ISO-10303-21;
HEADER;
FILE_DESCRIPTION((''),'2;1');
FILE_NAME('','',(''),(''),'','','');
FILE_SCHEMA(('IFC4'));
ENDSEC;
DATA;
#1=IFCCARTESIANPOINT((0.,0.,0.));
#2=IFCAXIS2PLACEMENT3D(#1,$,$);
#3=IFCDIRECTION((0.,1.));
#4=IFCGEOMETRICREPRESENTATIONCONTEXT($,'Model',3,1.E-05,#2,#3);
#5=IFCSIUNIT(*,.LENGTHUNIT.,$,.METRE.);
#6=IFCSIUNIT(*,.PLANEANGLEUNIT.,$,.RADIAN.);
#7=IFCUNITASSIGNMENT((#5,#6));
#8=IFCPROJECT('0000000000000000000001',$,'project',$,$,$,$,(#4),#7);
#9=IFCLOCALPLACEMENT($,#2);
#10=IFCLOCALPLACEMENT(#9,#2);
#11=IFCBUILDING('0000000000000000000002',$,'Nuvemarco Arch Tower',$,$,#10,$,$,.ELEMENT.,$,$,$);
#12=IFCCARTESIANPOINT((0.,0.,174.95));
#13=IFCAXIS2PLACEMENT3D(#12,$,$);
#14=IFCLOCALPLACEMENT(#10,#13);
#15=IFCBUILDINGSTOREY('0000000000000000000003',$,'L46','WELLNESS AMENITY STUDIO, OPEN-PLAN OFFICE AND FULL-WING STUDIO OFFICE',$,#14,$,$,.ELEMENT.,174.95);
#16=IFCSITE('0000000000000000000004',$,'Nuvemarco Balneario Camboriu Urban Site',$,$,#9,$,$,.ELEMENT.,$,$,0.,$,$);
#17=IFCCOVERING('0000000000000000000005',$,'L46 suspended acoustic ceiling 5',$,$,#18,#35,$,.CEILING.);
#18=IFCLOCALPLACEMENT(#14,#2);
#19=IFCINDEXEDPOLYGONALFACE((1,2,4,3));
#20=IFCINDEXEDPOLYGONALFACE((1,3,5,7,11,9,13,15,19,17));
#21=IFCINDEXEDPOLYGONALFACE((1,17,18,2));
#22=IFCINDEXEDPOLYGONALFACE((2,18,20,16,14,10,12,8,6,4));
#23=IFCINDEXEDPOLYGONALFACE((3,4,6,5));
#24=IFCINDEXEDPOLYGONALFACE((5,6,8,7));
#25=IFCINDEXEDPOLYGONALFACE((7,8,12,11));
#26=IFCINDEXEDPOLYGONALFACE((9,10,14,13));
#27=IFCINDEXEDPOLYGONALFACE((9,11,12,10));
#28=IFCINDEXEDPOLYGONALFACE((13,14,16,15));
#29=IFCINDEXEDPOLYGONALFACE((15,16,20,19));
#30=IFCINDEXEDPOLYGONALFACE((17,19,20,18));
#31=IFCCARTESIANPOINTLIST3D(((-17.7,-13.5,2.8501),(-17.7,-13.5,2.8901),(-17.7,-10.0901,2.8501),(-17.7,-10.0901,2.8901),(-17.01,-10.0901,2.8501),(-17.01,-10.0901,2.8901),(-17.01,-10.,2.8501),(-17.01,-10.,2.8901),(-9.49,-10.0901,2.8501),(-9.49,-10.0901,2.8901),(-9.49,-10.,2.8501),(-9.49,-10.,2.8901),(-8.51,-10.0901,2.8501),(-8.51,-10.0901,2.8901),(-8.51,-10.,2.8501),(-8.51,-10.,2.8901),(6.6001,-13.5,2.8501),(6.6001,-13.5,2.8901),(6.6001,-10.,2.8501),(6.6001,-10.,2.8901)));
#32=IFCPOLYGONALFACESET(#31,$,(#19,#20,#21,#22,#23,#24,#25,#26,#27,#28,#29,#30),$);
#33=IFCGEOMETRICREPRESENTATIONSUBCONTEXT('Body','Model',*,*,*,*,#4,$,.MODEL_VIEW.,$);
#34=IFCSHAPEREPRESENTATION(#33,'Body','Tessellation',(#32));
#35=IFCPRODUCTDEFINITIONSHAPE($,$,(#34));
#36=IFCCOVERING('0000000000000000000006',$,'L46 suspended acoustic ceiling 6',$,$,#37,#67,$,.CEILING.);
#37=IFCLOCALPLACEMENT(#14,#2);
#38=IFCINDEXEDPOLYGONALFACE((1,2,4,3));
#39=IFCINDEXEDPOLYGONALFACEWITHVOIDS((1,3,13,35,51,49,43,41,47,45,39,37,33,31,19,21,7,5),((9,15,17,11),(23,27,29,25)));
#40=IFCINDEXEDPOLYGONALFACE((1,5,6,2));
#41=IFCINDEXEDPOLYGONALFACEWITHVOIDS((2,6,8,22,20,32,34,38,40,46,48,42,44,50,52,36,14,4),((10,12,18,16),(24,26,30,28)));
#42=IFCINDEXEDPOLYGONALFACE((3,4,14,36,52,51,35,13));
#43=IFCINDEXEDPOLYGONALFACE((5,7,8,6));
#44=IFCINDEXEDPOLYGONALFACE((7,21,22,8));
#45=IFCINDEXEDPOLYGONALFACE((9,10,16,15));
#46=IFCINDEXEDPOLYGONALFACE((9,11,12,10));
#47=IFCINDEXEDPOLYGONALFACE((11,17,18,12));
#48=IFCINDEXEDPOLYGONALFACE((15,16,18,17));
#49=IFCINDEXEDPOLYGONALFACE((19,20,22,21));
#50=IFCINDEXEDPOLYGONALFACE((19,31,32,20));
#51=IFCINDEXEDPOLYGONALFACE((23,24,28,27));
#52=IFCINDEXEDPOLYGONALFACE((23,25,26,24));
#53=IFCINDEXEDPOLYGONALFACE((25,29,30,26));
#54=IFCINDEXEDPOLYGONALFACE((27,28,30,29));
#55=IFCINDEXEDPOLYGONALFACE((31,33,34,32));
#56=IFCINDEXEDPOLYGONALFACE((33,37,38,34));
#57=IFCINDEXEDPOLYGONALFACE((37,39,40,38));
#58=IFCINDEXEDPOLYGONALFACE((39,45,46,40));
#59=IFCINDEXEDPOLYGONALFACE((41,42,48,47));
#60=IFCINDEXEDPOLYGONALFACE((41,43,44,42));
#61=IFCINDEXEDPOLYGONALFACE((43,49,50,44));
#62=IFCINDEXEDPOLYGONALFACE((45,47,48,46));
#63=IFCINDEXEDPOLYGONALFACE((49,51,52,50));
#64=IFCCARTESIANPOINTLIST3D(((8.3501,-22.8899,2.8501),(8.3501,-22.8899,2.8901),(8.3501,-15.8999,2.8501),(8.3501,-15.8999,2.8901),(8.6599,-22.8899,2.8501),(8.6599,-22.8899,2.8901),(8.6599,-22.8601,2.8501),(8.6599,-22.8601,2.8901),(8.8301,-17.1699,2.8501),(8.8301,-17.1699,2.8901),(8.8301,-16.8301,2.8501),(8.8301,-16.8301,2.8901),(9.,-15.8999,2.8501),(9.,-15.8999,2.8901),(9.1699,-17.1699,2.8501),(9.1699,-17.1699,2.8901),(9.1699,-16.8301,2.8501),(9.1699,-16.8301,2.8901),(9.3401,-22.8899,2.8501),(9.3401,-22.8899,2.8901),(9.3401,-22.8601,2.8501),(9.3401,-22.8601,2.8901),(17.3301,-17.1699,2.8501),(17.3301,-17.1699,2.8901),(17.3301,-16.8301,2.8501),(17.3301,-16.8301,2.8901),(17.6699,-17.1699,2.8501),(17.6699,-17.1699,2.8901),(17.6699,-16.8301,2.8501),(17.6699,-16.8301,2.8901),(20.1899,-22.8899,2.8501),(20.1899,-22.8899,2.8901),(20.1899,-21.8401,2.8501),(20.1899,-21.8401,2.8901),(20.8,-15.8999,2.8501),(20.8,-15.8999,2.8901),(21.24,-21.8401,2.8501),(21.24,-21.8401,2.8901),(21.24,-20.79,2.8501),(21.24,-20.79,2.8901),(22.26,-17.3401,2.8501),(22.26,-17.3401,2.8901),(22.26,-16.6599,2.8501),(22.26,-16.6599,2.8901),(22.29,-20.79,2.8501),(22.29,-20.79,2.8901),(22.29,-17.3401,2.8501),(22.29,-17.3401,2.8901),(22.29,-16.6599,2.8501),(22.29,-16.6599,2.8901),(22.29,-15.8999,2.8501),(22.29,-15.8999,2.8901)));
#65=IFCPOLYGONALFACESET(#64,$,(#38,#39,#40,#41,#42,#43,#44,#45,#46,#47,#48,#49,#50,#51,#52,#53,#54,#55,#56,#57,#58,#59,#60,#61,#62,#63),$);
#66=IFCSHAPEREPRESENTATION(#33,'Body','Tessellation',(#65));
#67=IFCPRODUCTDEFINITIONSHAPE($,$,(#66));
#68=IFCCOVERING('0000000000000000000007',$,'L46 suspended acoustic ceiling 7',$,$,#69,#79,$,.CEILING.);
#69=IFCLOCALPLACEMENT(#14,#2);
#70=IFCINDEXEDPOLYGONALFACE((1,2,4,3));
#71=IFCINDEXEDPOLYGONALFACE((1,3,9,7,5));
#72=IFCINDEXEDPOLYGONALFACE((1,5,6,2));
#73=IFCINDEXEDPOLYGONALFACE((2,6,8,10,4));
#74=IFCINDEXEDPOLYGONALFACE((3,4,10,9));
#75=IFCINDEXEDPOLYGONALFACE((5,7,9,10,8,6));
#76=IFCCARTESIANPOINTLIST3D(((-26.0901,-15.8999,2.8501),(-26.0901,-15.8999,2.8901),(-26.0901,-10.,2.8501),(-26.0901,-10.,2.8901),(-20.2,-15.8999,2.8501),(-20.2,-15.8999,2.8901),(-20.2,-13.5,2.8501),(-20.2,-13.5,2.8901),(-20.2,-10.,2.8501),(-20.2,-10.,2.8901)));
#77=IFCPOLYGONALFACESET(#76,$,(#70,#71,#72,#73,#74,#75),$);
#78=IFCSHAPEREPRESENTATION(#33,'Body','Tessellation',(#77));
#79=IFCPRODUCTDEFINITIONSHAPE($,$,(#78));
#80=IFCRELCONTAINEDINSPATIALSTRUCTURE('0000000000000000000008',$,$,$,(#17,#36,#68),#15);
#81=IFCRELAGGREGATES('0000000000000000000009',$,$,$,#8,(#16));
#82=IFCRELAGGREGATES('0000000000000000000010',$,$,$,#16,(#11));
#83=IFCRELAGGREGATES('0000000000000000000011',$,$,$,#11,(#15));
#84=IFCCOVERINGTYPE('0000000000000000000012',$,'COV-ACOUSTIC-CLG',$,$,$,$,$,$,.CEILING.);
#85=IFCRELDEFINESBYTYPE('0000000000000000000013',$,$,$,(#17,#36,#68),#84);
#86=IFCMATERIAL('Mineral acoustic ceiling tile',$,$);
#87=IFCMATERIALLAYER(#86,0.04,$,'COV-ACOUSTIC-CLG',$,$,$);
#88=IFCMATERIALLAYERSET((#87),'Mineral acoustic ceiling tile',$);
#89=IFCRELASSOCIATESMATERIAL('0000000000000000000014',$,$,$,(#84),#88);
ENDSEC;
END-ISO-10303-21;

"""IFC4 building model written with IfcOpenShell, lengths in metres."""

from ifc_helpers import new_model, si_unit, direction, frame, origin, place, context, subcontext, project, spatial, polyline, outline, extrude, material, layer, layer_set, type_object, element, save


model = new_model("IFC4")

# Units and contexts
model_context = context("Model", 3, precision=1e-05, world=origin(), true_north=direction((0.0, 1.0)))
body_context = subcontext(model_context, "Body", "Model", "MODEL_VIEW")
ifc_project = project(units=[si_unit("LENGTHUNIT", "METRE"), si_unit("PLANEANGLEUNIT", "RADIAN")], contexts=[model_context])

# Site, building, storey
site_placement = place(None, origin())
site = spatial("IfcSite", under=ifc_project, at=site_placement, Name="Nuvemarco Balneario Camboriu Urban Site", CompositionType="ELEMENT", RefElevation=0.0)
building_placement = place(site_placement, origin())
building = spatial("IfcBuilding", under=site, at=building_placement, Name="Nuvemarco Arch Tower", CompositionType="ELEMENT")
storey_placement = place(building_placement, frame((0.0, 0.0, 174.95)))
storey = spatial("IfcBuildingStorey", under=building, at=storey_placement, Name="L46", Description="WELLNESS AMENITY STUDIO, OPEN-PLAN OFFICE AND FULL-WING STUDIO OFFICE", CompositionType="ELEMENT", Elevation=174.95)

# Coverings
ifc_material_1 = material(Name="Mineral acoustic ceiling tile")
ifc_layer_1 = layer(ifc_material_1, 0.04, Name="COV-ACOUSTIC-CLG")
ifc_layer_set_1 = layer_set([ifc_layer_1], Name="Mineral acoustic ceiling tile")
covering_type = type_object("IfcCoveringType", Name="COV-ACOUSTIC-CLG", PredefinedType="CEILING", material=ifc_layer_set_1)
covering_1_placement = place(storey_placement, frame((0.0, 0.0, 2.8501)))
element("IfcCovering", 1, at=covering_1_placement, inside=storey, type_object=covering_type, Name="L46 suspended acoustic ceiling 5", PredefinedType="CEILING", context=body_context, shape_type="SweptSolid", body=[
    extrude(outline(polyline([(-9.49, -10.0901), (-8.51, -10.0901), (-8.51, -10.0), (6.6001, -10.0), (6.6001, -13.5), (-17.7, -13.5), (-17.7, -10.0901), (-17.01, -10.0901), (-17.01, -10.0), (-9.49, -10.0), (-9.49, -10.0901)])), origin(), (0.0, 0.0, 1.0), 0.04),
])
covering_2_placement = place(storey_placement, frame((0.0, 0.0, 2.8501)))
element("IfcCovering", 2, at=covering_2_placement, inside=storey, type_object=covering_type, Name="L46 suspended acoustic ceiling 6", PredefinedType="CEILING", context=body_context, shape_type="SweptSolid", body=[
    extrude(outline(polyline([(20.1899, -22.8899), (9.3401, -22.8899), (9.3401, -22.8601), (8.6599, -22.8601), (8.6599, -22.8899), (8.3501, -22.8899), (8.3501, -15.8999), (9.0, -15.8999), (20.8, -15.8999), (22.29, -15.8999), (22.29, -16.6599), (22.26, -16.6599), (22.26, -17.3401), (22.29, -17.3401), (22.29, -20.79), (21.24, -20.79), (21.24, -21.8401), (20.1899, -21.8401), (20.1899, -22.8899)]), holes=[polyline([(9.1699, -17.1699), (9.1699, -16.8301), (8.8301, -16.8301), (8.8301, -17.1699), (9.1699, -17.1699)]), polyline([(17.6699, -17.1699), (17.6699, -16.8301), (17.3301, -16.8301), (17.3301, -17.1699), (17.6699, -17.1699)])]), origin(), (0.0, 0.0, 1.0), 0.04),
])
covering_3_placement = place(storey_placement, frame((0.0, 0.0, 2.8501)))
element("IfcCovering", 3, at=covering_3_placement, inside=storey, type_object=covering_type, Name="L46 suspended acoustic ceiling 7", PredefinedType="CEILING", context=body_context, shape_type="SweptSolid", body=[
    extrude(outline(polyline([(-20.2, -13.5), (-20.2, -15.8999), (-26.0901, -15.8999), (-26.0901, -10.0), (-20.2, -10.0), (-20.2, -13.5)])), origin(), (0.0, 0.0, 1.0), 0.04),
])

save(model, "model.ifc")
